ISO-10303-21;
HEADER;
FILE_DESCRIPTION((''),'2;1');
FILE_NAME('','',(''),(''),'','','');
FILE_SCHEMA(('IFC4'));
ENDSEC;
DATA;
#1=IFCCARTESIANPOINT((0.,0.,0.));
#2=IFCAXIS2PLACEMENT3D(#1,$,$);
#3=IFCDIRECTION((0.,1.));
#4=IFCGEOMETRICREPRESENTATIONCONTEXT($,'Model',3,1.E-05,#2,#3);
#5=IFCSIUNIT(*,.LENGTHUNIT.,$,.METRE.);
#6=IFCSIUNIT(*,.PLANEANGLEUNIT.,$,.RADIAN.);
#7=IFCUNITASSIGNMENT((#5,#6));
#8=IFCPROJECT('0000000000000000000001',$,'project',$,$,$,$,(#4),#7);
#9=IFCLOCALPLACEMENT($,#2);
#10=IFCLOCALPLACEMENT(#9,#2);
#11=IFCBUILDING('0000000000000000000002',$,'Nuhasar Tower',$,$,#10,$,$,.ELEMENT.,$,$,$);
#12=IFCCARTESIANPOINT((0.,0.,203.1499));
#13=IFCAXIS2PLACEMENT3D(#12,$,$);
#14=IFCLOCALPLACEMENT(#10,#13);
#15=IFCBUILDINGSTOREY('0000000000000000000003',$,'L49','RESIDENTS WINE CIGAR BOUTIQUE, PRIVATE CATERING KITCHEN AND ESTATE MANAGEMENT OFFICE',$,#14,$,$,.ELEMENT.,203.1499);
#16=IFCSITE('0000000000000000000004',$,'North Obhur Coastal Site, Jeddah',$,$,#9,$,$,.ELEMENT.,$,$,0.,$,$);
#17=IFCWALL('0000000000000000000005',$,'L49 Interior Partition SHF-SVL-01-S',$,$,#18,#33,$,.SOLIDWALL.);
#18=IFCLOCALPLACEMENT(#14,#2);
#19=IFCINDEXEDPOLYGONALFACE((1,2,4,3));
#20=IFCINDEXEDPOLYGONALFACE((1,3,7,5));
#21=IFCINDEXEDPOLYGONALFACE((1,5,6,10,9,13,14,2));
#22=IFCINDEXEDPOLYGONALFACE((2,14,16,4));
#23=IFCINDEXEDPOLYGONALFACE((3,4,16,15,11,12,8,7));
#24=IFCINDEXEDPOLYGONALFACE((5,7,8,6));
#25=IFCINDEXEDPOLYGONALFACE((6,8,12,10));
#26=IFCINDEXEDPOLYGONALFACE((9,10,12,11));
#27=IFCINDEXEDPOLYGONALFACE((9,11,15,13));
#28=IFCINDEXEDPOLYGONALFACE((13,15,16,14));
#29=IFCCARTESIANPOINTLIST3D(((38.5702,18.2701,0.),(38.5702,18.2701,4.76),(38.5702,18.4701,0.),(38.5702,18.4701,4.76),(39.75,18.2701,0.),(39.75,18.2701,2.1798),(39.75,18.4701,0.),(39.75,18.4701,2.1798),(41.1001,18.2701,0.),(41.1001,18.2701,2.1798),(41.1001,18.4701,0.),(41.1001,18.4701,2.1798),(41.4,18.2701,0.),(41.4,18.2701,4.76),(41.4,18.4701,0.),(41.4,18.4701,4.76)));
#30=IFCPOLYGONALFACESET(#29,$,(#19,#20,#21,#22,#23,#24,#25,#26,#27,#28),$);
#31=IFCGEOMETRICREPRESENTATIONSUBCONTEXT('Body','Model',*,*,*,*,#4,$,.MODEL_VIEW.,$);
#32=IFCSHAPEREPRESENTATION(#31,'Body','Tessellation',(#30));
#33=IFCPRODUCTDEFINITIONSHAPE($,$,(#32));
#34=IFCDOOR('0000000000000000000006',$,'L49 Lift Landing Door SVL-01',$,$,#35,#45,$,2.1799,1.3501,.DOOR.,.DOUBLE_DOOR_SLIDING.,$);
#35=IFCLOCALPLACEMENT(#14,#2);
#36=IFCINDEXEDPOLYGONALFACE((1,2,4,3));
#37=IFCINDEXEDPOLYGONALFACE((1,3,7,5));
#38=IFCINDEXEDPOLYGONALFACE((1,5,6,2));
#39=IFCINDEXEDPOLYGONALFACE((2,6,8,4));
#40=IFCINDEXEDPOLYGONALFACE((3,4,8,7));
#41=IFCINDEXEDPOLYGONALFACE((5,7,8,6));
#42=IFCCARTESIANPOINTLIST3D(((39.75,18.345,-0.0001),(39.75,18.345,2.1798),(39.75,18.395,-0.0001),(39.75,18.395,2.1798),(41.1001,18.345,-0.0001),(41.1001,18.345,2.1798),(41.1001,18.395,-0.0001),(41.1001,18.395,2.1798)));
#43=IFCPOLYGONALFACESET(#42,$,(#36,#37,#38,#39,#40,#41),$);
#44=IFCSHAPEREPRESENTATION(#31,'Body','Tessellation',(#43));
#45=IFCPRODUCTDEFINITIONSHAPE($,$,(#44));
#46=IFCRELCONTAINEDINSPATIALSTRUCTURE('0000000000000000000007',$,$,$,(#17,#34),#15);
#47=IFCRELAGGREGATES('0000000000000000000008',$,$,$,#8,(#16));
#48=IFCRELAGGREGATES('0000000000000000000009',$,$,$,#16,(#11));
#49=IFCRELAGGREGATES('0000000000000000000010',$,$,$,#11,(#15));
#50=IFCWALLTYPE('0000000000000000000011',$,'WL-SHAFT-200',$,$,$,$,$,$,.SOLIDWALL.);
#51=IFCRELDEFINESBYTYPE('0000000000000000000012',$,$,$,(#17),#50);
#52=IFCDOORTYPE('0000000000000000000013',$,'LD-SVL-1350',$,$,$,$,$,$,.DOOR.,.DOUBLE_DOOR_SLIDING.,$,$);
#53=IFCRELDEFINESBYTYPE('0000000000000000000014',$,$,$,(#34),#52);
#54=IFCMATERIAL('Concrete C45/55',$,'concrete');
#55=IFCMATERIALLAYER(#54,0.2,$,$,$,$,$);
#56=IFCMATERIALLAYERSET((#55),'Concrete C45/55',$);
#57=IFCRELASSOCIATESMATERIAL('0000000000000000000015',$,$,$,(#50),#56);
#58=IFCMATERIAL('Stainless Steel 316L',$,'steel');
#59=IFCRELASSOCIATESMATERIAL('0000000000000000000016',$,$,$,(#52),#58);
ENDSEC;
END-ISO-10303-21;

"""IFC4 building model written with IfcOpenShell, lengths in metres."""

from ifc_helpers import new_model, si_unit, direction, frame, frame_2d, origin, place, context, subcontext, project, spatial, rectangle, extrude, material, layer, layer_set, type_object, element, fill, save


model = new_model("IFC4")

# Units and contexts
model_context = context("Model", 3, precision=1e-05, world=origin(), true_north=direction((0.0, 1.0)))
body_context = subcontext(model_context, "Body", "Model", "MODEL_VIEW")
ifc_project = project(units=[si_unit("LENGTHUNIT", "METRE"), si_unit("PLANEANGLEUNIT", "RADIAN")], contexts=[model_context])

# Site, building, storey
site_placement = place(None, origin())
site = spatial("IfcSite", under=ifc_project, at=site_placement, Name="North Obhur Coastal Site, Jeddah", CompositionType="ELEMENT", RefElevation=0.0)
building_placement = place(site_placement, origin())
building = spatial("IfcBuilding", under=site, at=building_placement, Name="Nuhasar Tower", CompositionType="ELEMENT")
storey_placement = place(building_placement, frame((0.0, 0.0, 203.1499)))
storey = spatial("IfcBuildingStorey", under=building, at=storey_placement, Name="L49", Description="RESIDENTS WINE CIGAR BOUTIQUE, PRIVATE CATERING KITCHEN AND ESTATE MANAGEMENT OFFICE", CompositionType="ELEMENT", Elevation=203.1499)

# Shared definitions
ifc_material_1 = material(Name="Concrete C45/55", Category="concrete")
ifc_layer = layer(ifc_material_1, 0.2)
ifc_layer_set = layer_set([ifc_layer], Name="Concrete C45/55")
wall_type = type_object("IfcWallType", Name="WL-SHAFT-200", PredefinedType="SOLIDWALL", material=ifc_layer_set)
ifc_material_2 = material(Name="Stainless Steel 316L", Category="steel")

# Wall, opening, door
wall_1_placement = place(storey_placement, frame((38.5701, 18.3701, 0.0), z_axis=(0.0, 0.0, 1.0), x_axis=(1.0, 0.0, 0.0)))
wall_1 = element("IfcWall", 1, at=wall_1_placement, inside=storey, type_object=wall_type, Name="L49 Interior Partition SHF-SVL-01-S", PredefinedType="SOLIDWALL", context=body_context, shape_type="SweptSolid", body=[
    extrude(rectangle(XDim=2.8298, YDim=0.2, at=frame_2d((1.415, 0.0))), origin(), (0.0, 0.0, 1.0), 4.76),
])
opening_1_placement = place(wall_1_placement, frame((1.1799, 0.0, 0.0)))
opening_1 = element("IfcOpeningElement", 2, at=opening_1_placement, cuts=wall_1, PredefinedType="OPENING", context=body_context, shape_type="SweptSolid", body=[
    extrude(rectangle(XDim=1.3501, YDim=2.1799, at=frame_2d((0.675, 1.0898))), frame((0.0, 0.1099, 0.0), z_axis=(0.0, -1.0, 0.0), x_axis=(1.0, 0.0, 0.0)), (0.0, 0.0, 1.0), 0.22),
])
door_type_1 = type_object("IfcDoorType", Name="LD-SVL-1350", OperationType="DOUBLE_DOOR_SLIDING", PredefinedType="DOOR", material=ifc_material_2)
door_1_placement = place(opening_1_placement, origin())
door_1 = element("IfcDoor", 3, at=door_1_placement, inside=storey, type_object=door_type_1, Name="L49 Lift Landing Door SVL-01", OperationType="DOUBLE_DOOR_SLIDING", OverallHeight=2.1799, OverallWidth=1.3501, PredefinedType="DOOR", context=body_context, shape_type="SweptSolid", body=[
    extrude(rectangle(XDim=1.3501, YDim=2.1799, at=frame_2d((0.675, 1.0898))), frame((0.0, 0.0249, 0.0), z_axis=(0.0, -1.0, 0.0), x_axis=(1.0, 0.0, 0.0)), (0.0, 0.0, 1.0), 0.05),
])
fill(opening_1, door_1)

save(model, "model.ifc")
